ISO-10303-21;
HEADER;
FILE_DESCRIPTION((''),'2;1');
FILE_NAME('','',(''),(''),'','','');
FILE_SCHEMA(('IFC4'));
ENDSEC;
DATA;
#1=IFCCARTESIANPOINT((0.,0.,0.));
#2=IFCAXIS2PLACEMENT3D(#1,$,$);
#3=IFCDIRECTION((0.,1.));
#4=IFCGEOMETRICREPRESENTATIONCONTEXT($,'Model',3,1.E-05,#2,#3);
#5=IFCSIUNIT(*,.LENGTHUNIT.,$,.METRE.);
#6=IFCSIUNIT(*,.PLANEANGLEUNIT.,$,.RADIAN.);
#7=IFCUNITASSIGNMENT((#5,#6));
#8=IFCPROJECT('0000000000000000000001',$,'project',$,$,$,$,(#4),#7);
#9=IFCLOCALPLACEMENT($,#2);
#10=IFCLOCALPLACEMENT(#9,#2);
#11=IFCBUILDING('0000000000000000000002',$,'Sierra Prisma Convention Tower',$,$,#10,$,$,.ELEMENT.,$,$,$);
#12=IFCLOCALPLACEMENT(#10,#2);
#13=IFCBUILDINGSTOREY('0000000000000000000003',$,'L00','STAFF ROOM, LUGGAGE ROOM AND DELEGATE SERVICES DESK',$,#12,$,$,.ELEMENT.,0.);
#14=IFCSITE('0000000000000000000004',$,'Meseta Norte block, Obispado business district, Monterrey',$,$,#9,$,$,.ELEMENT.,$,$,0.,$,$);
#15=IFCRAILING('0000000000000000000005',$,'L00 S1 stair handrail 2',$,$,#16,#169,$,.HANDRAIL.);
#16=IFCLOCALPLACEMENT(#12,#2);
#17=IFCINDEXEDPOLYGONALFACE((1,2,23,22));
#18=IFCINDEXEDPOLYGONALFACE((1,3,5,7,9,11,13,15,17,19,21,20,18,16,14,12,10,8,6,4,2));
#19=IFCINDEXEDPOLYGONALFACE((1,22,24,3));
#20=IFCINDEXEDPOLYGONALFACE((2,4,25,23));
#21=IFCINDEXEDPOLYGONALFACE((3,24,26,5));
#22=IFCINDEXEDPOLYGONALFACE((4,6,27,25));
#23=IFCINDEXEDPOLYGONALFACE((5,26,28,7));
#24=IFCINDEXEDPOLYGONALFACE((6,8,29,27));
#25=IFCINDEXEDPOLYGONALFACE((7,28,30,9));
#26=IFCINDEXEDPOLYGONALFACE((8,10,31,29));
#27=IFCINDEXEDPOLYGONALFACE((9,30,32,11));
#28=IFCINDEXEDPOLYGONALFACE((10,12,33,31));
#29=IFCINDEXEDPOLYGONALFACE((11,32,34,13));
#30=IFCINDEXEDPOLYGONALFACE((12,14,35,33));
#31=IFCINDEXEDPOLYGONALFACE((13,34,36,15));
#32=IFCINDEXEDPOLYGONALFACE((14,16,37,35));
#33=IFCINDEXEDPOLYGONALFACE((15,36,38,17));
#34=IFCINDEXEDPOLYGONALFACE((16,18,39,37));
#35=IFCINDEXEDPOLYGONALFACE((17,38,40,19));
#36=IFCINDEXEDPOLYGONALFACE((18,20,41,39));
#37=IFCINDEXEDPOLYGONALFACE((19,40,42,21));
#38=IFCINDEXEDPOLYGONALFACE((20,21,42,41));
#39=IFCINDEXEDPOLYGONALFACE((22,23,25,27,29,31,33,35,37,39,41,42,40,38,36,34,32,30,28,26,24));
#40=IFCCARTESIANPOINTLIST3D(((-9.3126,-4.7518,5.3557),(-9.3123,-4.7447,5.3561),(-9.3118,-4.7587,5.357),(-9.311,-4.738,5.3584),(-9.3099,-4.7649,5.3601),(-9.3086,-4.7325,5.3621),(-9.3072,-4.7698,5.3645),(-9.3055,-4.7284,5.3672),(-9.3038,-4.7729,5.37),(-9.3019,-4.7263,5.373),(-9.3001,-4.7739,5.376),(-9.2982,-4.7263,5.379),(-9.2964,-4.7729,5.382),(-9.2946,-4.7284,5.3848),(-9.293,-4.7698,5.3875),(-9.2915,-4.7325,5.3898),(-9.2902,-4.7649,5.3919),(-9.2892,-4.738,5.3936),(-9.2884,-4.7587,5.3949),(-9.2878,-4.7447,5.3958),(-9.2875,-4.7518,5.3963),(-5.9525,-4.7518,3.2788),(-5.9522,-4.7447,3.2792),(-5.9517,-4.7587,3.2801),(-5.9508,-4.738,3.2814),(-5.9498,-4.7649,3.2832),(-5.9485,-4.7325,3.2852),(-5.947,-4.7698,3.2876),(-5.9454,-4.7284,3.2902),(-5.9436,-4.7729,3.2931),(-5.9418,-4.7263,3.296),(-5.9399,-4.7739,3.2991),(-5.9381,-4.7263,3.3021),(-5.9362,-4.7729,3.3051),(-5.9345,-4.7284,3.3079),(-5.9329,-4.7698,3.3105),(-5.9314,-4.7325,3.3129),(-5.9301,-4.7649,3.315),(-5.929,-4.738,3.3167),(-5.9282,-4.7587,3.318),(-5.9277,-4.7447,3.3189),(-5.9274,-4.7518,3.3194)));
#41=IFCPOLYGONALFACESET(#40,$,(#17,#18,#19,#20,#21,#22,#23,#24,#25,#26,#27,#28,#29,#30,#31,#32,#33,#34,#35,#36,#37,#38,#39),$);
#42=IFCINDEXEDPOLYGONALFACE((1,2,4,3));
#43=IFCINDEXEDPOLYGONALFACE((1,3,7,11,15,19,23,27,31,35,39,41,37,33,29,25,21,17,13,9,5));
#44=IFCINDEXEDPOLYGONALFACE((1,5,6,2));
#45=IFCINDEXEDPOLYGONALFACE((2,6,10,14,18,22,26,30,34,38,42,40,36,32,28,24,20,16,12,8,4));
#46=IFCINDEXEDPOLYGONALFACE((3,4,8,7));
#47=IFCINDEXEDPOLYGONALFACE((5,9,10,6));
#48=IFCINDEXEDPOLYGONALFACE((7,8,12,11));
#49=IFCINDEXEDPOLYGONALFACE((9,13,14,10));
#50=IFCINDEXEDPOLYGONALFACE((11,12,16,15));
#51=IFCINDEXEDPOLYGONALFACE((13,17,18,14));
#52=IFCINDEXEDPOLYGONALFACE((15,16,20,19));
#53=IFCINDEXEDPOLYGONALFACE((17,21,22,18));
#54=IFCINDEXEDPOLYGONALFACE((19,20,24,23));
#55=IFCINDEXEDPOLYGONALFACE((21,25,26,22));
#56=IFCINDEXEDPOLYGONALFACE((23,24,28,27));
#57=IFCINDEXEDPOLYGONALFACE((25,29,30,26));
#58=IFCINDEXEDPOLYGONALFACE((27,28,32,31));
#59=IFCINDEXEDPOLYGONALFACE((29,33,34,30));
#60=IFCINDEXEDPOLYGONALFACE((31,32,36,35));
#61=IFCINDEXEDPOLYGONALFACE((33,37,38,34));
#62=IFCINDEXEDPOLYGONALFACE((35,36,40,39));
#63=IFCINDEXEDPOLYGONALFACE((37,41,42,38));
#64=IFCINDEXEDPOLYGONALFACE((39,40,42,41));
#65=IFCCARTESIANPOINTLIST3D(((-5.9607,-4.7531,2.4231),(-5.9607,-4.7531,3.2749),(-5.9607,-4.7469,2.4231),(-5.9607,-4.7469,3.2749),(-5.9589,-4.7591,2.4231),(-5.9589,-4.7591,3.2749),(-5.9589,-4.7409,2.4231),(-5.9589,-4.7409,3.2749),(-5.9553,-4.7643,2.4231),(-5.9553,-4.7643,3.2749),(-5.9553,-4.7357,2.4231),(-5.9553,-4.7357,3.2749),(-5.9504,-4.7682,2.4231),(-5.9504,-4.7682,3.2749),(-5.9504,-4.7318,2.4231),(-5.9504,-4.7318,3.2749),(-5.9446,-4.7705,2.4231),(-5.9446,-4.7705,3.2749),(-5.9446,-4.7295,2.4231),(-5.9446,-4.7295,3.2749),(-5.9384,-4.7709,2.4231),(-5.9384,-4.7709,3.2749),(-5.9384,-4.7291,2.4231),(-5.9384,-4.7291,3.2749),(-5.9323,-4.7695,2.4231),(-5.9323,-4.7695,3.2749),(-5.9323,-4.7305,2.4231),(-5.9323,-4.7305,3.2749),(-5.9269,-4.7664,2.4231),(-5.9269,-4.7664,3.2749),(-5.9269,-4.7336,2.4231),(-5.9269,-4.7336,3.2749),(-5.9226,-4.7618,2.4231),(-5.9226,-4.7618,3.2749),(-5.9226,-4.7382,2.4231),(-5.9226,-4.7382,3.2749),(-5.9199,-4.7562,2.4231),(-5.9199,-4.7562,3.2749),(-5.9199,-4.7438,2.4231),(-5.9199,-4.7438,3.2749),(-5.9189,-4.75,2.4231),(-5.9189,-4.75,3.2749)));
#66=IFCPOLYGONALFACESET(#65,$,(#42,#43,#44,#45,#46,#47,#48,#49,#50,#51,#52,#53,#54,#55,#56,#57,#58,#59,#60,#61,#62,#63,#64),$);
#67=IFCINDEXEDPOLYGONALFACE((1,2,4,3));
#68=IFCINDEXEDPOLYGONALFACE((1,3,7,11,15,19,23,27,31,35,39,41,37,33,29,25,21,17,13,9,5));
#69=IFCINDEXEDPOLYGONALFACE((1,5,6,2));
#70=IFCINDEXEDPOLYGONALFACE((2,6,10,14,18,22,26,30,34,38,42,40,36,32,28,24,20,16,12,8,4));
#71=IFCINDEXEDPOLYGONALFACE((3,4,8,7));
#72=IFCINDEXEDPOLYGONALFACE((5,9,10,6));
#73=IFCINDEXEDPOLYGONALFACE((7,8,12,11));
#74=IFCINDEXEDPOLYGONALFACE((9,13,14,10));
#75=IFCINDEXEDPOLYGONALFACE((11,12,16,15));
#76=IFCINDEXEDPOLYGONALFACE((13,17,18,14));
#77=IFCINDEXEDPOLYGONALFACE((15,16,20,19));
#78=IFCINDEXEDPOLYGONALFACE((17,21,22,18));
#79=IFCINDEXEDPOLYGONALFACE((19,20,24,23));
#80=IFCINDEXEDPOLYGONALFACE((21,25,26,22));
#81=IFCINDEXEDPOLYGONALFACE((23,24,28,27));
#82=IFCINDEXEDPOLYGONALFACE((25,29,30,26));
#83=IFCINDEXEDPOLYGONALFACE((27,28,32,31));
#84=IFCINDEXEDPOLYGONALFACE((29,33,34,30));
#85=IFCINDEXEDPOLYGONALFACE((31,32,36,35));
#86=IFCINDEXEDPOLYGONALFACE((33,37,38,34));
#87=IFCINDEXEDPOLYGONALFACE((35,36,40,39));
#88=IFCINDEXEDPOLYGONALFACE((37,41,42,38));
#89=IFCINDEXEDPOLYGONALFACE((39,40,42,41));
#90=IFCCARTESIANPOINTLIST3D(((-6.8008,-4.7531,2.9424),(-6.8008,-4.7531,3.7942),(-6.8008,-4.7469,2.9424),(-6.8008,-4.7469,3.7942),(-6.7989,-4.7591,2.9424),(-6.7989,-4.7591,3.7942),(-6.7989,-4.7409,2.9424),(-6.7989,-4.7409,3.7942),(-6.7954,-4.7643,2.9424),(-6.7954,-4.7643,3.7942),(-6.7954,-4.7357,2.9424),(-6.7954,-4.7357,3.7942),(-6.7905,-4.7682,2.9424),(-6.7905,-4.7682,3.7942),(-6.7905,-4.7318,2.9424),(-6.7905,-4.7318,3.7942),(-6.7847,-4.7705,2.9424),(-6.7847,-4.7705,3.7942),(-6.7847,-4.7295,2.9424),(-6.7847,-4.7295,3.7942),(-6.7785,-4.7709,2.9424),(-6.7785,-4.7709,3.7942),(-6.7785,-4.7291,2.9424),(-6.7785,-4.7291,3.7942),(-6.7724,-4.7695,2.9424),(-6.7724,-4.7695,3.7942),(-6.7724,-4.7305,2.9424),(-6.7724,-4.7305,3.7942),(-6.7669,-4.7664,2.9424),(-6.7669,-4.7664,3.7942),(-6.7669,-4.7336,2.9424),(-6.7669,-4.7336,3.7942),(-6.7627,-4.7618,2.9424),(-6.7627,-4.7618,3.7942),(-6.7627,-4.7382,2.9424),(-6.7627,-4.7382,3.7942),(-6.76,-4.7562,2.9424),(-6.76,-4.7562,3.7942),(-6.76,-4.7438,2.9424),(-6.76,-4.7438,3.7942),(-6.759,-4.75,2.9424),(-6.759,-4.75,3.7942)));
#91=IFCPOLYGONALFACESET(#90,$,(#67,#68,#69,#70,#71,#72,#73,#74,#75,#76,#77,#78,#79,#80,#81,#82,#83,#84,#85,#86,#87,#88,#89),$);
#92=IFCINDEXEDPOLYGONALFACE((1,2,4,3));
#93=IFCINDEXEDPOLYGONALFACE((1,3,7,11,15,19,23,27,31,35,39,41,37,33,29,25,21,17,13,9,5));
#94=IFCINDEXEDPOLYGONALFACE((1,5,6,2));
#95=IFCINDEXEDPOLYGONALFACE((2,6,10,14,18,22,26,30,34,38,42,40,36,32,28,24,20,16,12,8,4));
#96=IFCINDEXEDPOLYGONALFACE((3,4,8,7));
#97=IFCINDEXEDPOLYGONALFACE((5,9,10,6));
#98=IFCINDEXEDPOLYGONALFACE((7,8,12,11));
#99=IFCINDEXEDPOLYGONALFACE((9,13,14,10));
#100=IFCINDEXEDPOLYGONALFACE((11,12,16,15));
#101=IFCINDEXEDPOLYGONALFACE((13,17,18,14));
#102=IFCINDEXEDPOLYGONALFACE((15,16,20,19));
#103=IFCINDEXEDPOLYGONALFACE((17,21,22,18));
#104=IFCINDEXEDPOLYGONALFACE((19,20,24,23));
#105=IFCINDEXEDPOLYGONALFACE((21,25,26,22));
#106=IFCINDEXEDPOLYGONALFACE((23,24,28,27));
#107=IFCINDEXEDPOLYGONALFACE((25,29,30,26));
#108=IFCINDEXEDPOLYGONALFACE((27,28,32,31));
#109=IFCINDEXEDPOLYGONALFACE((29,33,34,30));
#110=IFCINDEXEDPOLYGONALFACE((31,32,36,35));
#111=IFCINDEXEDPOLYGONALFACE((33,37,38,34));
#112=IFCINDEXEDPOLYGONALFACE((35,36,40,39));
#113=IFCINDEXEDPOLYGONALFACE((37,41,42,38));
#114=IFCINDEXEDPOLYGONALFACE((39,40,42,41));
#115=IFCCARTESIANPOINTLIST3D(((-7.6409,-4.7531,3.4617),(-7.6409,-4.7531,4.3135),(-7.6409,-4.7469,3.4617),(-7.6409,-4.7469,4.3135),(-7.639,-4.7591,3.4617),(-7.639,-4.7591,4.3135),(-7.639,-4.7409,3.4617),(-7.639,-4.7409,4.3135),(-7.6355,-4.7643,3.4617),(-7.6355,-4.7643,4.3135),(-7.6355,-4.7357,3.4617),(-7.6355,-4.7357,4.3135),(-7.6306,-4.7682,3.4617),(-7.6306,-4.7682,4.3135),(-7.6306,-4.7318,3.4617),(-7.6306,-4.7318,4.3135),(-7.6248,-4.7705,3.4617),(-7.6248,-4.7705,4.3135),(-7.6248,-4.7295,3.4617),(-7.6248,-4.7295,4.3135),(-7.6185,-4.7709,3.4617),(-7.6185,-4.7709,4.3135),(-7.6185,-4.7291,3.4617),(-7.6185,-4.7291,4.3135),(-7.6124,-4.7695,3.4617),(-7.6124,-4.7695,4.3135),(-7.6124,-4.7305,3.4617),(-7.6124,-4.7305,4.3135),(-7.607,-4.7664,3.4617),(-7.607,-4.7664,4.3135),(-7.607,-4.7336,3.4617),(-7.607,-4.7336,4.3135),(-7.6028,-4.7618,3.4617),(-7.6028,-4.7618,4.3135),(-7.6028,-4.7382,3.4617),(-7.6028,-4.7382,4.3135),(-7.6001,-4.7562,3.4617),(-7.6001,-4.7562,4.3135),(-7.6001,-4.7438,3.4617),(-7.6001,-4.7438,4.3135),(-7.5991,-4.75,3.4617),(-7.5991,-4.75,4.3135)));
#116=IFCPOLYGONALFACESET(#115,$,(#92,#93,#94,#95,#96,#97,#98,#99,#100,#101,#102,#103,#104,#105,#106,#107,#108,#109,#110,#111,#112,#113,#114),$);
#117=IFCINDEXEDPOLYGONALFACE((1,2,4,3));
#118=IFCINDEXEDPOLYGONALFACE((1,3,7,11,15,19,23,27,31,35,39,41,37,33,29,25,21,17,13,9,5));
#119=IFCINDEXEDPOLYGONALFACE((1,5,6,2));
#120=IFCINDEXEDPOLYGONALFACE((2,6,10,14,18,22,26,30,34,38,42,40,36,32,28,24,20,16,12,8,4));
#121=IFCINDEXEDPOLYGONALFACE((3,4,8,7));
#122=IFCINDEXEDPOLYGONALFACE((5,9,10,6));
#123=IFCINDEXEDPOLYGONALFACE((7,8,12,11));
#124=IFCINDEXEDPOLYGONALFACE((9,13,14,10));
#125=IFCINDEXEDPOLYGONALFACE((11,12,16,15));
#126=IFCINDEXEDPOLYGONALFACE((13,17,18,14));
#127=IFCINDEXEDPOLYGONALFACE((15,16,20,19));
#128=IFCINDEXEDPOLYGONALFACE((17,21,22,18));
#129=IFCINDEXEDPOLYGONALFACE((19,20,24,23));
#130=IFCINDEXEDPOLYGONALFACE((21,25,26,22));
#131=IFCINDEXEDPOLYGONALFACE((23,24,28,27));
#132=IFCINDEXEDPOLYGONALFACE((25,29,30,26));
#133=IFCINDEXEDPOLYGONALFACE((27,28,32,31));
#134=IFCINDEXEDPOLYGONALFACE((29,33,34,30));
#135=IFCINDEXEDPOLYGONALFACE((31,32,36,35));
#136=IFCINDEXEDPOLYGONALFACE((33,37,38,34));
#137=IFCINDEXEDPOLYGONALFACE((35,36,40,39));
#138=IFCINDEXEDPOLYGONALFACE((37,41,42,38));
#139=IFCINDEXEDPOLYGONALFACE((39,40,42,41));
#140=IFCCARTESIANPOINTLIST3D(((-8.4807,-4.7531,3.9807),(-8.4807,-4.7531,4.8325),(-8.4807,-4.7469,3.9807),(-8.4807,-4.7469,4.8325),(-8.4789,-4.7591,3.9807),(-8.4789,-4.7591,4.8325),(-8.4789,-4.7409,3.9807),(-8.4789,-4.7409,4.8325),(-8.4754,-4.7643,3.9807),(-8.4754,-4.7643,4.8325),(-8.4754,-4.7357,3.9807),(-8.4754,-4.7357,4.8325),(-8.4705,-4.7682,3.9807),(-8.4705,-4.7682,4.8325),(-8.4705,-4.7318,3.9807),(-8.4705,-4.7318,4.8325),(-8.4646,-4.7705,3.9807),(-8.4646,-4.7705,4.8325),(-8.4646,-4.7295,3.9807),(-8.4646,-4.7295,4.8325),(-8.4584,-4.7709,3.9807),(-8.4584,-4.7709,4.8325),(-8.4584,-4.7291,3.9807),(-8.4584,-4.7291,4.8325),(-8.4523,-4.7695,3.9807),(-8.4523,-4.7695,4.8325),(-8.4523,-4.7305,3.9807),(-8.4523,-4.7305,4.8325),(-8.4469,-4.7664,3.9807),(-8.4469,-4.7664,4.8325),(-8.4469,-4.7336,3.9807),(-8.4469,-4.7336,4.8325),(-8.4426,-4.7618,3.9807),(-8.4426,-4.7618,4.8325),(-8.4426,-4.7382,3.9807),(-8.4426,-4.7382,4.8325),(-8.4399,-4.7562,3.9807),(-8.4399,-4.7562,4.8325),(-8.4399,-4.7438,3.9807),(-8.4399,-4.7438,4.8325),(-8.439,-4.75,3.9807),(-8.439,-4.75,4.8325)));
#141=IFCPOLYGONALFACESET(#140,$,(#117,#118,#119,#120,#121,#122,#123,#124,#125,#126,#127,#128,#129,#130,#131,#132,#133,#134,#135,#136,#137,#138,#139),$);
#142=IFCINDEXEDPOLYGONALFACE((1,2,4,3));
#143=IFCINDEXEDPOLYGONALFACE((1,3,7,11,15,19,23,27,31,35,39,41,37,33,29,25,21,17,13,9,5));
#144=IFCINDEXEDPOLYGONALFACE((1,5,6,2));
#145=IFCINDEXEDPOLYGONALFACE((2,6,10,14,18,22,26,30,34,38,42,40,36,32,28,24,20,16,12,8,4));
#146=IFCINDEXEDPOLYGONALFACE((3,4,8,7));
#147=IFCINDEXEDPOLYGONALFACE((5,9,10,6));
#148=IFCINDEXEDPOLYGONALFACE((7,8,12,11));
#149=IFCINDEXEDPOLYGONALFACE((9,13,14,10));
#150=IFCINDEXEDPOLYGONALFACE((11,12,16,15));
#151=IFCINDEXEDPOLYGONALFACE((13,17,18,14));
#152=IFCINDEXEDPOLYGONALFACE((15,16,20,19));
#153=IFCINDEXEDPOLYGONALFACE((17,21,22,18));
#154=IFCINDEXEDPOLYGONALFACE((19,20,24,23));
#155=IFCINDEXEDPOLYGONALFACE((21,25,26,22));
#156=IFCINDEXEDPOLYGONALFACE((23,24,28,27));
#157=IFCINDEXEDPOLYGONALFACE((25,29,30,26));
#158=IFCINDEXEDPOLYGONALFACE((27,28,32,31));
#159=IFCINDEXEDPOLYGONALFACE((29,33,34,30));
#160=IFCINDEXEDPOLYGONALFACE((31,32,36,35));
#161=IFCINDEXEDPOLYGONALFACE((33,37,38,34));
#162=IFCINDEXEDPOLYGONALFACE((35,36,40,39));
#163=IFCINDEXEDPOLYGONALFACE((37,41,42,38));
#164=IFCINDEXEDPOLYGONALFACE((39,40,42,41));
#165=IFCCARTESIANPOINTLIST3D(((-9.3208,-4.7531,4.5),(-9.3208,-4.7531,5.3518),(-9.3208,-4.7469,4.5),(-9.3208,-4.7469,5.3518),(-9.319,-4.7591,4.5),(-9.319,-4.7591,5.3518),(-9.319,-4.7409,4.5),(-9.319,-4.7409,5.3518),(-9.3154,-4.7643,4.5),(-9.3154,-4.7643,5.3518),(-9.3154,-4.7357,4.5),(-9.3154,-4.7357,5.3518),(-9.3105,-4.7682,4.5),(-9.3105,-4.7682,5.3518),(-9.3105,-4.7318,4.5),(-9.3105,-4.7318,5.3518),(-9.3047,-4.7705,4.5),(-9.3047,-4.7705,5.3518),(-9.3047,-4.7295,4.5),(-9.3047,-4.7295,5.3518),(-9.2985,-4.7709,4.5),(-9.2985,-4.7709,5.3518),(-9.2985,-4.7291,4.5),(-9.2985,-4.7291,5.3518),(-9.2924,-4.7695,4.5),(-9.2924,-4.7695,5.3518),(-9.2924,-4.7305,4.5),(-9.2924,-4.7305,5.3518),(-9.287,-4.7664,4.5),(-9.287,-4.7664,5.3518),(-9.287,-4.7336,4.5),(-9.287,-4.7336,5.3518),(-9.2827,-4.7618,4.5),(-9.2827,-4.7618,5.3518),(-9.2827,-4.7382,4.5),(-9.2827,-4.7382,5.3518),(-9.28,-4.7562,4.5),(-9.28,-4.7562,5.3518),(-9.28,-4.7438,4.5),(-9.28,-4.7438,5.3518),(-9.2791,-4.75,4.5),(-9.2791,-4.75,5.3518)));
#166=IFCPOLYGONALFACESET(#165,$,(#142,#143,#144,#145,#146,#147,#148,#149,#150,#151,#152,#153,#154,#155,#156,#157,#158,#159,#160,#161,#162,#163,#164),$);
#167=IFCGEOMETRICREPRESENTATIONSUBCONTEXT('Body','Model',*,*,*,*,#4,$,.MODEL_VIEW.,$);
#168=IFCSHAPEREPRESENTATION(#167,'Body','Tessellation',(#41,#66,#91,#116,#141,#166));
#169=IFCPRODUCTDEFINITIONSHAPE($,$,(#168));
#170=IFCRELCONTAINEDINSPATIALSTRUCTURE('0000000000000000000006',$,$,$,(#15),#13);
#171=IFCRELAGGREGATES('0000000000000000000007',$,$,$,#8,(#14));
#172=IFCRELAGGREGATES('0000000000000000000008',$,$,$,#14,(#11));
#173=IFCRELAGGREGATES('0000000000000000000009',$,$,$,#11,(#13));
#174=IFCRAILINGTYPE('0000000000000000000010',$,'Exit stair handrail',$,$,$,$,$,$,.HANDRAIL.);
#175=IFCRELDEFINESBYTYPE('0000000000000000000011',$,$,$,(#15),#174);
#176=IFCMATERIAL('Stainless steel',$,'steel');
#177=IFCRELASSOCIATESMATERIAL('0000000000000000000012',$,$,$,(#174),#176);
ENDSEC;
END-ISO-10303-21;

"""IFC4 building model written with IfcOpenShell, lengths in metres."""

from ifc_helpers import new_model, si_unit, direction, frame, origin, origin_2d, place, context, subcontext, project, spatial, circle, extrude, material, type_object, element, save


model = new_model("IFC4")

# Units and contexts
model_context = context("Model", 3, precision=1e-05, world=origin(), true_north=direction((0.0, 1.0)))
body_context = subcontext(model_context, "Body", "Model", "MODEL_VIEW")
ifc_project = project(units=[si_unit("LENGTHUNIT", "METRE"), si_unit("PLANEANGLEUNIT", "RADIAN")], contexts=[model_context])

# Site, building, storey
site_placement = place(None, origin())
site = spatial("IfcSite", under=ifc_project, at=site_placement, Name="Meseta Norte block, Obispado business district, Monterrey", CompositionType="ELEMENT", RefElevation=0.0)
building_placement = place(site_placement, origin())
building = spatial("IfcBuilding", under=site, at=building_placement, Name="Sierra Prisma Convention Tower", CompositionType="ELEMENT")
storey_placement = place(building_placement, origin())
storey = spatial("IfcBuildingStorey", under=building, at=storey_placement, Name="L00", Description="STAFF ROOM, LUGGAGE ROOM AND DELEGATE SERVICES DESK", CompositionType="ELEMENT", Elevation=0.0)

# Railing
ifc_material_1 = material(Name="Stainless steel", Category="steel")
railing_type_1 = type_object("IfcRailingType", Name="Exit stair handrail", PredefinedType="HANDRAIL", material=ifc_material_1)
railing_1_placement = place(storey_placement, frame((-5.9399, -4.75, 2.4231)))
element("IfcRailing", 1, at=railing_1_placement, inside=storey, type_object=railing_type_1, Name="L00 S1 stair handrail 2", PredefinedType="HANDRAIL", context=body_context, shape_type="SweptSolid", body=[
    extrude(circle(Radius=0.0239, at=origin_2d()), frame((0.0, 0.0, 0.876), z_axis=(-0.850623, 0.0, 0.525776), x_axis=(0.0, -1.0, 0.0)), (0.0, 0.0, 1.0), 3.9502),
    extrude(circle(Radius=0.021, at=origin_2d()), origin(), (0.0, 0.0, 1.0), 0.8518),
    extrude(circle(Radius=0.021, at=origin_2d()), frame((-0.8401, 0.0, 0.5193)), (0.0, 0.0, 1.0), 0.8518),
    extrude(circle(Radius=0.021, at=origin_2d()), frame((-1.6802, 0.0, 1.0386)), (0.0, 0.0, 1.0), 0.8518),
    extrude(circle(Radius=0.021, at=origin_2d()), frame((-2.52, 0.0, 1.5576)), (0.0, 0.0, 1.0), 0.8518),
    extrude(circle(Radius=0.021, at=origin_2d()), frame((-3.3601, 0.0, 2.0769)), (0.0, 0.0, 1.0), 0.8518),
])

save(model, "model.ifc")
